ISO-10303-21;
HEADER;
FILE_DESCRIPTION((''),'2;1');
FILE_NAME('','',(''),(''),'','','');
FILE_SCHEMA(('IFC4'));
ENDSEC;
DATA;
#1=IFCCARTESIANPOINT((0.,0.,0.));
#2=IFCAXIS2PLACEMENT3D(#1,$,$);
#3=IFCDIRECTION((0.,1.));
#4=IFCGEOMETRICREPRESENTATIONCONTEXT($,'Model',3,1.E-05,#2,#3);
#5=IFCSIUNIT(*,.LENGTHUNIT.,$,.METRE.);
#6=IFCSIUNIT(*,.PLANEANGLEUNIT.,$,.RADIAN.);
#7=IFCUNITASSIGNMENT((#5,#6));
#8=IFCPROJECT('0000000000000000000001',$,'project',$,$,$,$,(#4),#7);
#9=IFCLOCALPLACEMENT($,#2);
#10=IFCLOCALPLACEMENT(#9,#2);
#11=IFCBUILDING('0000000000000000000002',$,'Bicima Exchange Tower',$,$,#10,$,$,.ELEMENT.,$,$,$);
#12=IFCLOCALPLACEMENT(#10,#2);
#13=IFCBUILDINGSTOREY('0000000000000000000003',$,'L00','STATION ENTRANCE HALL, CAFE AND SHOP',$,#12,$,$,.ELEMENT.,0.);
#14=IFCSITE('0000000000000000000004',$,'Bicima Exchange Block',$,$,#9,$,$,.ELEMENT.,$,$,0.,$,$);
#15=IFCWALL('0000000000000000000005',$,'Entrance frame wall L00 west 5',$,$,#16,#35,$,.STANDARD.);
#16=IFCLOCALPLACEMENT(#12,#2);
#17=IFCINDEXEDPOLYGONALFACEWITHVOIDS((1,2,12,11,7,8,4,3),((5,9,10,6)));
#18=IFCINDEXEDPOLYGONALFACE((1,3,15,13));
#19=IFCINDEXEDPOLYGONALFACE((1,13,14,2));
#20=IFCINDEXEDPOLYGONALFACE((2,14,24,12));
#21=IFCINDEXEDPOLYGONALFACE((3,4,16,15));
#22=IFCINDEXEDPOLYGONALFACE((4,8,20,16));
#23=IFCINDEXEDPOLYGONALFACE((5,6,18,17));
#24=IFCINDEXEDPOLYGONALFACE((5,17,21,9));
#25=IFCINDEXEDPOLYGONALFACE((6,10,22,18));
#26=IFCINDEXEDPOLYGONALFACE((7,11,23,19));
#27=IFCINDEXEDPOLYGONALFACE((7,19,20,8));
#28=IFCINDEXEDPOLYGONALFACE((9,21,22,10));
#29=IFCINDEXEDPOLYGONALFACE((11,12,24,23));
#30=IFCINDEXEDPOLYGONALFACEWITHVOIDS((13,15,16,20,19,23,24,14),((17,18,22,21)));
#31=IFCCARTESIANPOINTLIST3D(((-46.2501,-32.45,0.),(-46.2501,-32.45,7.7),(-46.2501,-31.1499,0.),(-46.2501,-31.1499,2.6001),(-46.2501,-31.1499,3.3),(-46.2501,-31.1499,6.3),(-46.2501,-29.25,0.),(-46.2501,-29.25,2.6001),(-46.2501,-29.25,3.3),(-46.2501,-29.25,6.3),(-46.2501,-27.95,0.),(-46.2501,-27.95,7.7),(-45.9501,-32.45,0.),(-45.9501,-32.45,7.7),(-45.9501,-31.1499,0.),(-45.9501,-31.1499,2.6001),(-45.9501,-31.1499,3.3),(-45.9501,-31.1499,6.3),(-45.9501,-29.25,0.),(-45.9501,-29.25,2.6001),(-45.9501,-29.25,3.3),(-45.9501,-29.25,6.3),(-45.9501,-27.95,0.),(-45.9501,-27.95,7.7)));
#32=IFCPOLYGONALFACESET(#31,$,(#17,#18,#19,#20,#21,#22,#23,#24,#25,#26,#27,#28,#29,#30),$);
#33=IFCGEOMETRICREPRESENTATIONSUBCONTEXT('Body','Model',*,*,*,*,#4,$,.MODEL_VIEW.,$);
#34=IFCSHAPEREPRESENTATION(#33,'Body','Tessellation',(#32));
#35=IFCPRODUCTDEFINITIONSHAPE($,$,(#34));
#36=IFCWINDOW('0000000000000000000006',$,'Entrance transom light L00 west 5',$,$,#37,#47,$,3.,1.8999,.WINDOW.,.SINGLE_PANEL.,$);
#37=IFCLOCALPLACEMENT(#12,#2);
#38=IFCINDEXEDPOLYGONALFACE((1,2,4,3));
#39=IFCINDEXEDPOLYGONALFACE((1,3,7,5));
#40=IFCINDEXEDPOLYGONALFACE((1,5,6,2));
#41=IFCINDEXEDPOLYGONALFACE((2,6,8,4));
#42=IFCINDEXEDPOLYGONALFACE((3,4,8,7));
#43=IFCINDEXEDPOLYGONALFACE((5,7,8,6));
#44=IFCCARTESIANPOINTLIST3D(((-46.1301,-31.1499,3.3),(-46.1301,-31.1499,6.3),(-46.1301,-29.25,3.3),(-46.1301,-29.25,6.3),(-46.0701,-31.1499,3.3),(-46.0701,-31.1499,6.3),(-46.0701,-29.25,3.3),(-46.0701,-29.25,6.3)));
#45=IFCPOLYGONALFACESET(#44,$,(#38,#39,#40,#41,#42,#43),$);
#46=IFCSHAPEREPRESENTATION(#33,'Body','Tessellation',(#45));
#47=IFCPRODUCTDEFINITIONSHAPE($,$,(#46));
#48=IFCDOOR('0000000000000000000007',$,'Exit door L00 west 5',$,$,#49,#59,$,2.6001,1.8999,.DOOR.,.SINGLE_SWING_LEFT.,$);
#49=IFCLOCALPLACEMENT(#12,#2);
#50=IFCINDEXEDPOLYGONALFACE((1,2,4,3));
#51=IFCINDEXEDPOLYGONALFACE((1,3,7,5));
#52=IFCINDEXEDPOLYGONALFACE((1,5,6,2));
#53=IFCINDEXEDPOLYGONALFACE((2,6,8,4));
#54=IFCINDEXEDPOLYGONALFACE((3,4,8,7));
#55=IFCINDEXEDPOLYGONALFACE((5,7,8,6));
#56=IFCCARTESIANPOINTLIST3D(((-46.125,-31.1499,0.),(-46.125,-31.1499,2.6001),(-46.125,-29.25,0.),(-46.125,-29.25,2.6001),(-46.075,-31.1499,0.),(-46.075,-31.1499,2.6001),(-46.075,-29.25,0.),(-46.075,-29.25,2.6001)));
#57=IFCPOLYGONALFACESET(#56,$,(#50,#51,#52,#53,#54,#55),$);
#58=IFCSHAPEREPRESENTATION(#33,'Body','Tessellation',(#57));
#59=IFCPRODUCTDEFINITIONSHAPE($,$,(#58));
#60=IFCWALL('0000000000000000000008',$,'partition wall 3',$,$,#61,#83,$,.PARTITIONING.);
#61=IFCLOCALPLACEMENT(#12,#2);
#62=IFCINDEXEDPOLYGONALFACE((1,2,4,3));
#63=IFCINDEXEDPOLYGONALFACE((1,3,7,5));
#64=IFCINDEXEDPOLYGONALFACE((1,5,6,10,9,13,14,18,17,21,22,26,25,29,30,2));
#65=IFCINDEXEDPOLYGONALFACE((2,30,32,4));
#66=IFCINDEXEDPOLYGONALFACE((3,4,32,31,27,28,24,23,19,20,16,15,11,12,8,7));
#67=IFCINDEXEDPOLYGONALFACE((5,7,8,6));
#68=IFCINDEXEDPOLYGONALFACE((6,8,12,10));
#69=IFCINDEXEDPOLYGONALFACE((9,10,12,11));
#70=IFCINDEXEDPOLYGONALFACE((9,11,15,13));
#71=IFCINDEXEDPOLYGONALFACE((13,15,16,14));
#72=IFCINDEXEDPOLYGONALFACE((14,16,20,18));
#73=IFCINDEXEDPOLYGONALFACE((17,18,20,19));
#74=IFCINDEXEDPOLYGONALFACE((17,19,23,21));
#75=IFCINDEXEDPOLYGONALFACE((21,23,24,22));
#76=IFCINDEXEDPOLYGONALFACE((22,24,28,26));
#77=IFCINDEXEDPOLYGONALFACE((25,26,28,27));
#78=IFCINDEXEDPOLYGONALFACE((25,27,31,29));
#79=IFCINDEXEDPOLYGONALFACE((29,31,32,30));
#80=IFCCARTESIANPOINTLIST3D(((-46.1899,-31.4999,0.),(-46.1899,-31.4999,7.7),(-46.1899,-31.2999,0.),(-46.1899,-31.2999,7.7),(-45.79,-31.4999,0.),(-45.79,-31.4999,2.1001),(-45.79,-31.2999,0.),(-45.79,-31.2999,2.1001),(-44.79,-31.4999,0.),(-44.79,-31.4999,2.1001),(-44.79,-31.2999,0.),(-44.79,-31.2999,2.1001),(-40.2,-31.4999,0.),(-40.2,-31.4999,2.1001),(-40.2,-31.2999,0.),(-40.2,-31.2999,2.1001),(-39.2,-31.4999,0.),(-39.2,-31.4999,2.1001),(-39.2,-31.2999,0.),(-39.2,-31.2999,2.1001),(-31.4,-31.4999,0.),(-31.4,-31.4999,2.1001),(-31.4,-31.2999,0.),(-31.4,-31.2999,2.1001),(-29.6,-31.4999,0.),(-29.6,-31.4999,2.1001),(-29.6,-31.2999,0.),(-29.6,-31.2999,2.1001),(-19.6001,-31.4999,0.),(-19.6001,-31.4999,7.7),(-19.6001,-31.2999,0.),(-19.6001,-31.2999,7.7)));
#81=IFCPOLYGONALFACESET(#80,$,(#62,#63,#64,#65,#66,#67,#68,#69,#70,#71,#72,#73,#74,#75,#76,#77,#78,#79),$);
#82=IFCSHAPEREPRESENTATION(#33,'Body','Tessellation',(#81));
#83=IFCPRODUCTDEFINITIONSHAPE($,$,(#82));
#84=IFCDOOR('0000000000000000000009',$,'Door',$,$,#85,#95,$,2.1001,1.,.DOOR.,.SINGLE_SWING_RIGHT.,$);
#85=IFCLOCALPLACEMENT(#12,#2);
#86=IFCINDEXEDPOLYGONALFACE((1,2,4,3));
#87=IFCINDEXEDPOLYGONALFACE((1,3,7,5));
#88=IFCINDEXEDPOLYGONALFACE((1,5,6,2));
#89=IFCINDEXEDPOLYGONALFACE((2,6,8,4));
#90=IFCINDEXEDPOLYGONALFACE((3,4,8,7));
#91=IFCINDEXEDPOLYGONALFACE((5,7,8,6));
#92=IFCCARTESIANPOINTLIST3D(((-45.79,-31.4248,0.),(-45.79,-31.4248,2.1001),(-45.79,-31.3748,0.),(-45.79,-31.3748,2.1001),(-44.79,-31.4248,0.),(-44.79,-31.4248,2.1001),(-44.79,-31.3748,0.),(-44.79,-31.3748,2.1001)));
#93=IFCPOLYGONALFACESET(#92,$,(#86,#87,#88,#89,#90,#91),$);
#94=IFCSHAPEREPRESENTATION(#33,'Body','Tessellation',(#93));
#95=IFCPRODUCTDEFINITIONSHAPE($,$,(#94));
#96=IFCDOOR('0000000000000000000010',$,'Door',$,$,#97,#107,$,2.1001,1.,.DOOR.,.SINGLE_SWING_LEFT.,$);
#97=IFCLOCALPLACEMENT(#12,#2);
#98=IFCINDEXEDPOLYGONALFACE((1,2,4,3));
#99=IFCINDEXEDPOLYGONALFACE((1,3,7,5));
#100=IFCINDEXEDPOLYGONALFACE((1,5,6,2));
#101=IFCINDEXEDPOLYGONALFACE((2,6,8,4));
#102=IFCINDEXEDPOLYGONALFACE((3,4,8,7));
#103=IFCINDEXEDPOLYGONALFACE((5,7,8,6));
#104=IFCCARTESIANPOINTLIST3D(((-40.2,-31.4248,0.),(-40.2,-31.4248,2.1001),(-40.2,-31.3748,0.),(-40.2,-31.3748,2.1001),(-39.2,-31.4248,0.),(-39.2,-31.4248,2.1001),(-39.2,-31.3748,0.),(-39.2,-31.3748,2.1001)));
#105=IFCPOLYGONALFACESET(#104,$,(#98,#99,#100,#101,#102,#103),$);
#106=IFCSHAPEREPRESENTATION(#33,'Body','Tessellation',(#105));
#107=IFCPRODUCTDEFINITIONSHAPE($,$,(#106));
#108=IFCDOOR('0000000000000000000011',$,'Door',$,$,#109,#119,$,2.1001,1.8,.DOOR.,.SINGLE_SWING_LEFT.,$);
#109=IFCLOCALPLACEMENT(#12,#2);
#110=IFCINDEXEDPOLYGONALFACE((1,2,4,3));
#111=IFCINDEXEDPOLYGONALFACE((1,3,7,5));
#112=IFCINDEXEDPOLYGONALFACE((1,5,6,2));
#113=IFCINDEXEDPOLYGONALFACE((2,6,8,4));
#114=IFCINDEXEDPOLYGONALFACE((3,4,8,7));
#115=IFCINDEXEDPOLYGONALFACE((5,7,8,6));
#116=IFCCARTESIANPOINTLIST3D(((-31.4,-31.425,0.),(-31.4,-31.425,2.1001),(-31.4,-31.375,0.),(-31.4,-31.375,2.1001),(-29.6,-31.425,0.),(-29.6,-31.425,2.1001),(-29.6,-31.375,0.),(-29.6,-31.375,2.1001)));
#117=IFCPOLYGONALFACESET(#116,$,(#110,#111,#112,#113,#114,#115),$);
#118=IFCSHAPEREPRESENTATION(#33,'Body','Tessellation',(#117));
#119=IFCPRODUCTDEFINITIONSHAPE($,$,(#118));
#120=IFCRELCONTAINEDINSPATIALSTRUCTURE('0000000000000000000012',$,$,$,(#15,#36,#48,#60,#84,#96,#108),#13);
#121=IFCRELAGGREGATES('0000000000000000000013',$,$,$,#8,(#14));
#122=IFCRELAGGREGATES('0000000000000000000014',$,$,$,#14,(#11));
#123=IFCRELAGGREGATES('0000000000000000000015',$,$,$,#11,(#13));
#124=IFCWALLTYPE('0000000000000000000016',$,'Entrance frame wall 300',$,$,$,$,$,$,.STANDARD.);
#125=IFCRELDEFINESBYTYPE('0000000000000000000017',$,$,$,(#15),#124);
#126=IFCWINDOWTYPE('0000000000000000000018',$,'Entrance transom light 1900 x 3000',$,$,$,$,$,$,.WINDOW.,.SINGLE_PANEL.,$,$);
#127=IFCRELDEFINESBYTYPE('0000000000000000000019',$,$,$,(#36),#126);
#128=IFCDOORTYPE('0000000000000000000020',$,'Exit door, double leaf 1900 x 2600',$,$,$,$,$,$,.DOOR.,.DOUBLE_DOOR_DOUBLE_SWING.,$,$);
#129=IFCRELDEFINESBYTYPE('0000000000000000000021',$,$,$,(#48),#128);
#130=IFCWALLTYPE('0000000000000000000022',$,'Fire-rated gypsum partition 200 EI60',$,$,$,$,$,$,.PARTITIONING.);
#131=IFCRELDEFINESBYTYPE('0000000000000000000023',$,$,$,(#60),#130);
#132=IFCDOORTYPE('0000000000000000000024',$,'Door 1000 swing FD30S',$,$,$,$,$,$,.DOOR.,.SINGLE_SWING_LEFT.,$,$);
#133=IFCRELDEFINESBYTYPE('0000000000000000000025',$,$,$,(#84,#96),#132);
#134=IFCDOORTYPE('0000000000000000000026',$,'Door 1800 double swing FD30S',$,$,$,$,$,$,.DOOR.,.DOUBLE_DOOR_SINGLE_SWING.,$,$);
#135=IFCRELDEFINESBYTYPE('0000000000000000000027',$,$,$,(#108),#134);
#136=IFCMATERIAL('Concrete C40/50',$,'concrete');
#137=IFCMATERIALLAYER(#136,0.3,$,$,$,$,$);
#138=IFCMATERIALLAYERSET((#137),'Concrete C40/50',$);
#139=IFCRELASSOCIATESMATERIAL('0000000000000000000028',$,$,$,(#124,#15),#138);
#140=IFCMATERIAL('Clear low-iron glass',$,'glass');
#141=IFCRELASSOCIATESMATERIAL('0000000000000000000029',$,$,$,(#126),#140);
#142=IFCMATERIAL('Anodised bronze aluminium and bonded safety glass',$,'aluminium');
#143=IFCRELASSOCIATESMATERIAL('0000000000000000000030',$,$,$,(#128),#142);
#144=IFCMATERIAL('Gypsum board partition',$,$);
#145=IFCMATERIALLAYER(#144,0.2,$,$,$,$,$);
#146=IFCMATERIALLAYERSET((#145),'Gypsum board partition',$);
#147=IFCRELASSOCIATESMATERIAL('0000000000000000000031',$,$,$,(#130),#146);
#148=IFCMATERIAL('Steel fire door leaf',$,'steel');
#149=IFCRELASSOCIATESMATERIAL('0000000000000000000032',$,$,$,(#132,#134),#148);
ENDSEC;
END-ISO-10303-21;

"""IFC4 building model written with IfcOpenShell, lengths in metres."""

from ifc_helpers import new_model, si_unit, direction, frame, frame_2d, origin, place, context, subcontext, project, spatial, rectangle, extrude, material, layer, layer_set, layer_usage, type_object, element, fill, save


model = new_model("IFC4")

# Units and contexts
model_context = context("Model", 3, precision=1e-05, world=origin(), true_north=direction((0.0, 1.0)))
body_context = subcontext(model_context, "Body", "Model", "MODEL_VIEW")
ifc_project = project(units=[si_unit("LENGTHUNIT", "METRE"), si_unit("PLANEANGLEUNIT", "RADIAN")], contexts=[model_context])

# Site, building, storey
site_placement = place(None, origin())
site = spatial("IfcSite", under=ifc_project, at=site_placement, Name="Bicima Exchange Block", CompositionType="ELEMENT", RefElevation=0.0)
building_placement = place(site_placement, origin())
building = spatial("IfcBuilding", under=site, at=building_placement, Name="Bicima Exchange Tower", CompositionType="ELEMENT")
storey_placement = place(building_placement, origin())
storey = spatial("IfcBuildingStorey", under=building, at=storey_placement, Name="L00", Description="STATION ENTRANCE HALL, CAFE AND SHOP", CompositionType="ELEMENT", Elevation=0.0)

# Shared definitions
ifc_material_1 = material(Name="Clear low-iron glass", Category="glass")

# Wall, openings, window, door
ifc_material_2 = material(Name="Concrete C40/50", Category="concrete")
ifc_layer_1 = layer(ifc_material_2, 0.3)
ifc_layer_set_1 = layer_set([ifc_layer_1], Name="Concrete C40/50")
ifc_layer_usage = layer_usage(ifc_layer_set_1, "AXIS2", "POSITIVE", -0.15)
wall_type_1 = type_object("IfcWallType", Name="Entrance frame wall 300", PredefinedType="STANDARD", material=ifc_layer_set_1)
window_type = type_object("IfcWindowType", Name="Entrance transom light 1900 x 3000", PartitioningType="SINGLE_PANEL", PredefinedType="WINDOW", material=ifc_material_1)
ifc_material_3 = material(Name="Anodised bronze aluminium and bonded safety glass", Category="aluminium")
door_type_1 = type_object("IfcDoorType", Name="Exit door, double leaf 1900 x 2600", OperationType="DOUBLE_DOOR_DOUBLE_SWING", PredefinedType="DOOR", material=ifc_material_3)
wall_1_placement = place(storey_placement, frame((-46.1001, -32.45, 0.0), z_axis=(0.0, 0.0, 1.0), x_axis=(0.0, 1.0, 0.0)))
wall_1 = element("IfcWall", 1, at=wall_1_placement, inside=storey, type_object=wall_type_1, material=ifc_layer_usage, Name="Entrance frame wall L00 west 5", PredefinedType="STANDARD", context=body_context, shape_type="SweptSolid", body=[
    extrude(rectangle(XDim=4.5, YDim=0.3, at=frame_2d((2.25, 0.0))), origin(), (0.0, 0.0, 1.0), 7.7),
])
opening_1_placement = place(wall_1_placement, frame((1.3, 0.0, 0.0)))
opening_1 = element("IfcOpeningElement", 2, at=opening_1_placement, cuts=wall_1, PredefinedType="OPENING", context=body_context, shape_type="SweptSolid", body=[
    extrude(rectangle(XDim=1.8999, YDim=2.6001, at=frame_2d((0.95, 1.3))), frame((0.0, 0.1621, 0.0), z_axis=(0.0, -1.0, 0.0), x_axis=(1.0, 0.0, 0.0)), (0.0, 0.0, 1.0), 0.324),
])
opening_2_placement = place(wall_1_placement, frame((1.3, 0.0, 3.3)))
opening_2 = element("IfcOpeningElement", 3, at=opening_2_placement, cuts=wall_1, PredefinedType="OPENING", context=body_context, shape_type="SweptSolid", body=[
    extrude(rectangle(XDim=1.8999, YDim=3.0, at=frame_2d((0.95, 1.5))), frame((0.0, 0.1621, 0.0), z_axis=(0.0, -1.0, 0.0), x_axis=(1.0, 0.0, 0.0)), (0.0, 0.0, 1.0), 0.324),
])
window_1_placement = place(opening_2_placement, origin())
window_1 = element("IfcWindow", 4, at=window_1_placement, inside=storey, type_object=window_type, Name="Entrance transom light L00 west 5", OverallHeight=3.0, OverallWidth=1.8999, PartitioningType="SINGLE_PANEL", PredefinedType="WINDOW", context=body_context, shape_type="SweptSolid", body=[
    extrude(rectangle(XDim=1.8999, YDim=3.0, at=frame_2d((0.95, 1.5))), frame((0.0, 0.03, 0.0), z_axis=(0.0, -1.0, 0.0), x_axis=(1.0, 0.0, 0.0)), (0.0, 0.0, 1.0), 0.0601),
])
fill(opening_2, window_1)
door_1_placement = place(opening_1_placement, origin())
door_1 = element("IfcDoor", 5, at=door_1_placement, inside=storey, type_object=door_type_1, Name="Exit door L00 west 5", OperationType="SINGLE_SWING_LEFT", OverallHeight=2.6001, OverallWidth=1.8999, PredefinedType="DOOR", context=body_context, shape_type="SweptSolid", body=[
    extrude(rectangle(XDim=1.8999, YDim=2.6001, at=frame_2d((0.95, 1.3))), frame((0.0, 0.0249, 0.0), z_axis=(0.0, -1.0, 0.0), x_axis=(1.0, 0.0, 0.0)), (0.0, 0.0, 1.0), 0.05),
])
fill(opening_1, door_1)

# Wall, openings, doors
ifc_material_4 = material(Name="Gypsum board partition")
ifc_layer_2 = layer(ifc_material_4, 0.2)
ifc_layer_set_2 = layer_set([ifc_layer_2], Name="Gypsum board partition")
wall_type_2 = type_object("IfcWallType", Name="Fire-rated gypsum partition 200 EI60", PredefinedType="PARTITIONING", material=ifc_layer_set_2)
wall_2_placement = place(storey_placement, frame((-46.1899, -31.3999, 0.0), z_axis=(0.0, 0.0, 1.0), x_axis=(1.0, 0.0, 0.0)))
wall_2 = element("IfcWall", 6, at=wall_2_placement, inside=storey, type_object=wall_type_2, Name="partition wall 3", PredefinedType="PARTITIONING", context=body_context, shape_type="SweptSolid", body=[
    extrude(rectangle(XDim=26.5898, YDim=0.2, at=frame_2d((13.2949, 0.0))), origin(), (0.0, 0.0, 1.0), 7.7),
])
opening_3_placement = place(wall_2_placement, frame((0.3999, 0.0, 0.0)))
opening_3 = element("IfcOpeningElement", 7, at=opening_3_placement, cuts=wall_2, PredefinedType="OPENING", context=body_context, shape_type="SweptSolid", body=[
    extrude(rectangle(XDim=1.0, YDim=2.1001, at=frame_2d((0.5, 1.05))), frame((0.0, 0.1118, 0.0), z_axis=(0.0, -1.0, 0.0), x_axis=(1.0, 0.0, 0.0)), (0.0, 0.0, 1.0), 0.2239),
])
opening_4_placement = place(wall_2_placement, frame((5.99, 0.0, 0.0)))
opening_4 = element("IfcOpeningElement", 8, at=opening_4_placement, cuts=wall_2, PredefinedType="OPENING", context=body_context, shape_type="SweptSolid", body=[
    extrude(rectangle(XDim=1.0, YDim=2.1001, at=frame_2d((0.5, 1.05))), frame((0.0, 0.1118, 0.0), z_axis=(0.0, -1.0, 0.0), x_axis=(1.0, 0.0, 0.0)), (0.0, 0.0, 1.0), 0.2239),
])
opening_5_placement = place(wall_2_placement, frame((14.79, 0.0, 0.0)))
opening_5 = element("IfcOpeningElement", 9, at=opening_5_placement, cuts=wall_2, PredefinedType="OPENING", context=body_context, shape_type="SweptSolid", body=[
    extrude(rectangle(XDim=1.8, YDim=2.1001, at=frame_2d((0.8999, 1.05))), frame((0.0, 0.1118, 0.0), z_axis=(0.0, -1.0, 0.0), x_axis=(1.0, 0.0, 0.0)), (0.0, 0.0, 1.0), 0.2239),
])
ifc_material_5 = material(Name="Steel fire door leaf", Category="steel")
door_type_2 = type_object("IfcDoorType", Name="Door 1000 swing FD30S", OperationType="SINGLE_SWING_LEFT", PredefinedType="DOOR", material=ifc_material_5)
door_2_placement = place(opening_3_placement, frame((1.0, 0.0, 0.0), z_axis=(0.0, 0.0, 1.0), x_axis=(-1.0, 0.0, 0.0)))
door_2 = element("IfcDoor", 10, at=door_2_placement, inside=storey, type_object=door_type_2, Name="Door", OperationType="SINGLE_SWING_RIGHT", OverallHeight=2.1001, OverallWidth=1.0, PredefinedType="DOOR", context=body_context, shape_type="SweptSolid", body=[
    extrude(rectangle(XDim=1.0, YDim=2.1001, at=frame_2d((0.5, 1.05))), frame((0.0, 0.0249, 0.0), z_axis=(0.0, -1.0, 0.0), x_axis=(1.0, 0.0, 0.0)), (0.0, 0.0, 1.0), 0.05),
])
fill(opening_3, door_2)
door_3_placement = place(opening_4_placement, frame((1.0, 0.0, 0.0), z_axis=(0.0, 0.0, 1.0), x_axis=(-1.0, 0.0, 0.0)))
door_3 = element("IfcDoor", 11, at=door_3_placement, inside=storey, type_object=door_type_2, Name="Door", OperationType="SINGLE_SWING_LEFT", OverallHeight=2.1001, OverallWidth=1.0, PredefinedType="DOOR", context=body_context, shape_type="SweptSolid", body=[
    extrude(rectangle(XDim=1.0, YDim=2.1001, at=frame_2d((0.5, 1.05))), frame((0.0, 0.0249, 0.0), z_axis=(0.0, -1.0, 0.0), x_axis=(1.0, 0.0, 0.0)), (0.0, 0.0, 1.0), 0.05),
])
fill(opening_4, door_3)
door_type_3 = type_object("IfcDoorType", Name="Door 1800 double swing FD30S", OperationType="DOUBLE_DOOR_SINGLE_SWING", PredefinedType="DOOR", material=ifc_material_5)
door_4_placement = place(opening_5_placement, origin())
door_4 = element("IfcDoor", 12, at=door_4_placement, inside=storey, type_object=door_type_3, Name="Door", OperationType="SINGLE_SWING_LEFT", OverallHeight=2.1001, OverallWidth=1.8, PredefinedType="DOOR", context=body_context, shape_type="SweptSolid", body=[
    extrude(rectangle(XDim=1.8, YDim=2.1001, at=frame_2d((0.8999, 1.05))), frame((0.0, 0.0249, 0.0), z_axis=(0.0, -1.0, 0.0), x_axis=(1.0, 0.0, 0.0)), (0.0, 0.0, 1.0), 0.05),
])
fill(opening_5, door_4)

save(model, "model.ifc")
